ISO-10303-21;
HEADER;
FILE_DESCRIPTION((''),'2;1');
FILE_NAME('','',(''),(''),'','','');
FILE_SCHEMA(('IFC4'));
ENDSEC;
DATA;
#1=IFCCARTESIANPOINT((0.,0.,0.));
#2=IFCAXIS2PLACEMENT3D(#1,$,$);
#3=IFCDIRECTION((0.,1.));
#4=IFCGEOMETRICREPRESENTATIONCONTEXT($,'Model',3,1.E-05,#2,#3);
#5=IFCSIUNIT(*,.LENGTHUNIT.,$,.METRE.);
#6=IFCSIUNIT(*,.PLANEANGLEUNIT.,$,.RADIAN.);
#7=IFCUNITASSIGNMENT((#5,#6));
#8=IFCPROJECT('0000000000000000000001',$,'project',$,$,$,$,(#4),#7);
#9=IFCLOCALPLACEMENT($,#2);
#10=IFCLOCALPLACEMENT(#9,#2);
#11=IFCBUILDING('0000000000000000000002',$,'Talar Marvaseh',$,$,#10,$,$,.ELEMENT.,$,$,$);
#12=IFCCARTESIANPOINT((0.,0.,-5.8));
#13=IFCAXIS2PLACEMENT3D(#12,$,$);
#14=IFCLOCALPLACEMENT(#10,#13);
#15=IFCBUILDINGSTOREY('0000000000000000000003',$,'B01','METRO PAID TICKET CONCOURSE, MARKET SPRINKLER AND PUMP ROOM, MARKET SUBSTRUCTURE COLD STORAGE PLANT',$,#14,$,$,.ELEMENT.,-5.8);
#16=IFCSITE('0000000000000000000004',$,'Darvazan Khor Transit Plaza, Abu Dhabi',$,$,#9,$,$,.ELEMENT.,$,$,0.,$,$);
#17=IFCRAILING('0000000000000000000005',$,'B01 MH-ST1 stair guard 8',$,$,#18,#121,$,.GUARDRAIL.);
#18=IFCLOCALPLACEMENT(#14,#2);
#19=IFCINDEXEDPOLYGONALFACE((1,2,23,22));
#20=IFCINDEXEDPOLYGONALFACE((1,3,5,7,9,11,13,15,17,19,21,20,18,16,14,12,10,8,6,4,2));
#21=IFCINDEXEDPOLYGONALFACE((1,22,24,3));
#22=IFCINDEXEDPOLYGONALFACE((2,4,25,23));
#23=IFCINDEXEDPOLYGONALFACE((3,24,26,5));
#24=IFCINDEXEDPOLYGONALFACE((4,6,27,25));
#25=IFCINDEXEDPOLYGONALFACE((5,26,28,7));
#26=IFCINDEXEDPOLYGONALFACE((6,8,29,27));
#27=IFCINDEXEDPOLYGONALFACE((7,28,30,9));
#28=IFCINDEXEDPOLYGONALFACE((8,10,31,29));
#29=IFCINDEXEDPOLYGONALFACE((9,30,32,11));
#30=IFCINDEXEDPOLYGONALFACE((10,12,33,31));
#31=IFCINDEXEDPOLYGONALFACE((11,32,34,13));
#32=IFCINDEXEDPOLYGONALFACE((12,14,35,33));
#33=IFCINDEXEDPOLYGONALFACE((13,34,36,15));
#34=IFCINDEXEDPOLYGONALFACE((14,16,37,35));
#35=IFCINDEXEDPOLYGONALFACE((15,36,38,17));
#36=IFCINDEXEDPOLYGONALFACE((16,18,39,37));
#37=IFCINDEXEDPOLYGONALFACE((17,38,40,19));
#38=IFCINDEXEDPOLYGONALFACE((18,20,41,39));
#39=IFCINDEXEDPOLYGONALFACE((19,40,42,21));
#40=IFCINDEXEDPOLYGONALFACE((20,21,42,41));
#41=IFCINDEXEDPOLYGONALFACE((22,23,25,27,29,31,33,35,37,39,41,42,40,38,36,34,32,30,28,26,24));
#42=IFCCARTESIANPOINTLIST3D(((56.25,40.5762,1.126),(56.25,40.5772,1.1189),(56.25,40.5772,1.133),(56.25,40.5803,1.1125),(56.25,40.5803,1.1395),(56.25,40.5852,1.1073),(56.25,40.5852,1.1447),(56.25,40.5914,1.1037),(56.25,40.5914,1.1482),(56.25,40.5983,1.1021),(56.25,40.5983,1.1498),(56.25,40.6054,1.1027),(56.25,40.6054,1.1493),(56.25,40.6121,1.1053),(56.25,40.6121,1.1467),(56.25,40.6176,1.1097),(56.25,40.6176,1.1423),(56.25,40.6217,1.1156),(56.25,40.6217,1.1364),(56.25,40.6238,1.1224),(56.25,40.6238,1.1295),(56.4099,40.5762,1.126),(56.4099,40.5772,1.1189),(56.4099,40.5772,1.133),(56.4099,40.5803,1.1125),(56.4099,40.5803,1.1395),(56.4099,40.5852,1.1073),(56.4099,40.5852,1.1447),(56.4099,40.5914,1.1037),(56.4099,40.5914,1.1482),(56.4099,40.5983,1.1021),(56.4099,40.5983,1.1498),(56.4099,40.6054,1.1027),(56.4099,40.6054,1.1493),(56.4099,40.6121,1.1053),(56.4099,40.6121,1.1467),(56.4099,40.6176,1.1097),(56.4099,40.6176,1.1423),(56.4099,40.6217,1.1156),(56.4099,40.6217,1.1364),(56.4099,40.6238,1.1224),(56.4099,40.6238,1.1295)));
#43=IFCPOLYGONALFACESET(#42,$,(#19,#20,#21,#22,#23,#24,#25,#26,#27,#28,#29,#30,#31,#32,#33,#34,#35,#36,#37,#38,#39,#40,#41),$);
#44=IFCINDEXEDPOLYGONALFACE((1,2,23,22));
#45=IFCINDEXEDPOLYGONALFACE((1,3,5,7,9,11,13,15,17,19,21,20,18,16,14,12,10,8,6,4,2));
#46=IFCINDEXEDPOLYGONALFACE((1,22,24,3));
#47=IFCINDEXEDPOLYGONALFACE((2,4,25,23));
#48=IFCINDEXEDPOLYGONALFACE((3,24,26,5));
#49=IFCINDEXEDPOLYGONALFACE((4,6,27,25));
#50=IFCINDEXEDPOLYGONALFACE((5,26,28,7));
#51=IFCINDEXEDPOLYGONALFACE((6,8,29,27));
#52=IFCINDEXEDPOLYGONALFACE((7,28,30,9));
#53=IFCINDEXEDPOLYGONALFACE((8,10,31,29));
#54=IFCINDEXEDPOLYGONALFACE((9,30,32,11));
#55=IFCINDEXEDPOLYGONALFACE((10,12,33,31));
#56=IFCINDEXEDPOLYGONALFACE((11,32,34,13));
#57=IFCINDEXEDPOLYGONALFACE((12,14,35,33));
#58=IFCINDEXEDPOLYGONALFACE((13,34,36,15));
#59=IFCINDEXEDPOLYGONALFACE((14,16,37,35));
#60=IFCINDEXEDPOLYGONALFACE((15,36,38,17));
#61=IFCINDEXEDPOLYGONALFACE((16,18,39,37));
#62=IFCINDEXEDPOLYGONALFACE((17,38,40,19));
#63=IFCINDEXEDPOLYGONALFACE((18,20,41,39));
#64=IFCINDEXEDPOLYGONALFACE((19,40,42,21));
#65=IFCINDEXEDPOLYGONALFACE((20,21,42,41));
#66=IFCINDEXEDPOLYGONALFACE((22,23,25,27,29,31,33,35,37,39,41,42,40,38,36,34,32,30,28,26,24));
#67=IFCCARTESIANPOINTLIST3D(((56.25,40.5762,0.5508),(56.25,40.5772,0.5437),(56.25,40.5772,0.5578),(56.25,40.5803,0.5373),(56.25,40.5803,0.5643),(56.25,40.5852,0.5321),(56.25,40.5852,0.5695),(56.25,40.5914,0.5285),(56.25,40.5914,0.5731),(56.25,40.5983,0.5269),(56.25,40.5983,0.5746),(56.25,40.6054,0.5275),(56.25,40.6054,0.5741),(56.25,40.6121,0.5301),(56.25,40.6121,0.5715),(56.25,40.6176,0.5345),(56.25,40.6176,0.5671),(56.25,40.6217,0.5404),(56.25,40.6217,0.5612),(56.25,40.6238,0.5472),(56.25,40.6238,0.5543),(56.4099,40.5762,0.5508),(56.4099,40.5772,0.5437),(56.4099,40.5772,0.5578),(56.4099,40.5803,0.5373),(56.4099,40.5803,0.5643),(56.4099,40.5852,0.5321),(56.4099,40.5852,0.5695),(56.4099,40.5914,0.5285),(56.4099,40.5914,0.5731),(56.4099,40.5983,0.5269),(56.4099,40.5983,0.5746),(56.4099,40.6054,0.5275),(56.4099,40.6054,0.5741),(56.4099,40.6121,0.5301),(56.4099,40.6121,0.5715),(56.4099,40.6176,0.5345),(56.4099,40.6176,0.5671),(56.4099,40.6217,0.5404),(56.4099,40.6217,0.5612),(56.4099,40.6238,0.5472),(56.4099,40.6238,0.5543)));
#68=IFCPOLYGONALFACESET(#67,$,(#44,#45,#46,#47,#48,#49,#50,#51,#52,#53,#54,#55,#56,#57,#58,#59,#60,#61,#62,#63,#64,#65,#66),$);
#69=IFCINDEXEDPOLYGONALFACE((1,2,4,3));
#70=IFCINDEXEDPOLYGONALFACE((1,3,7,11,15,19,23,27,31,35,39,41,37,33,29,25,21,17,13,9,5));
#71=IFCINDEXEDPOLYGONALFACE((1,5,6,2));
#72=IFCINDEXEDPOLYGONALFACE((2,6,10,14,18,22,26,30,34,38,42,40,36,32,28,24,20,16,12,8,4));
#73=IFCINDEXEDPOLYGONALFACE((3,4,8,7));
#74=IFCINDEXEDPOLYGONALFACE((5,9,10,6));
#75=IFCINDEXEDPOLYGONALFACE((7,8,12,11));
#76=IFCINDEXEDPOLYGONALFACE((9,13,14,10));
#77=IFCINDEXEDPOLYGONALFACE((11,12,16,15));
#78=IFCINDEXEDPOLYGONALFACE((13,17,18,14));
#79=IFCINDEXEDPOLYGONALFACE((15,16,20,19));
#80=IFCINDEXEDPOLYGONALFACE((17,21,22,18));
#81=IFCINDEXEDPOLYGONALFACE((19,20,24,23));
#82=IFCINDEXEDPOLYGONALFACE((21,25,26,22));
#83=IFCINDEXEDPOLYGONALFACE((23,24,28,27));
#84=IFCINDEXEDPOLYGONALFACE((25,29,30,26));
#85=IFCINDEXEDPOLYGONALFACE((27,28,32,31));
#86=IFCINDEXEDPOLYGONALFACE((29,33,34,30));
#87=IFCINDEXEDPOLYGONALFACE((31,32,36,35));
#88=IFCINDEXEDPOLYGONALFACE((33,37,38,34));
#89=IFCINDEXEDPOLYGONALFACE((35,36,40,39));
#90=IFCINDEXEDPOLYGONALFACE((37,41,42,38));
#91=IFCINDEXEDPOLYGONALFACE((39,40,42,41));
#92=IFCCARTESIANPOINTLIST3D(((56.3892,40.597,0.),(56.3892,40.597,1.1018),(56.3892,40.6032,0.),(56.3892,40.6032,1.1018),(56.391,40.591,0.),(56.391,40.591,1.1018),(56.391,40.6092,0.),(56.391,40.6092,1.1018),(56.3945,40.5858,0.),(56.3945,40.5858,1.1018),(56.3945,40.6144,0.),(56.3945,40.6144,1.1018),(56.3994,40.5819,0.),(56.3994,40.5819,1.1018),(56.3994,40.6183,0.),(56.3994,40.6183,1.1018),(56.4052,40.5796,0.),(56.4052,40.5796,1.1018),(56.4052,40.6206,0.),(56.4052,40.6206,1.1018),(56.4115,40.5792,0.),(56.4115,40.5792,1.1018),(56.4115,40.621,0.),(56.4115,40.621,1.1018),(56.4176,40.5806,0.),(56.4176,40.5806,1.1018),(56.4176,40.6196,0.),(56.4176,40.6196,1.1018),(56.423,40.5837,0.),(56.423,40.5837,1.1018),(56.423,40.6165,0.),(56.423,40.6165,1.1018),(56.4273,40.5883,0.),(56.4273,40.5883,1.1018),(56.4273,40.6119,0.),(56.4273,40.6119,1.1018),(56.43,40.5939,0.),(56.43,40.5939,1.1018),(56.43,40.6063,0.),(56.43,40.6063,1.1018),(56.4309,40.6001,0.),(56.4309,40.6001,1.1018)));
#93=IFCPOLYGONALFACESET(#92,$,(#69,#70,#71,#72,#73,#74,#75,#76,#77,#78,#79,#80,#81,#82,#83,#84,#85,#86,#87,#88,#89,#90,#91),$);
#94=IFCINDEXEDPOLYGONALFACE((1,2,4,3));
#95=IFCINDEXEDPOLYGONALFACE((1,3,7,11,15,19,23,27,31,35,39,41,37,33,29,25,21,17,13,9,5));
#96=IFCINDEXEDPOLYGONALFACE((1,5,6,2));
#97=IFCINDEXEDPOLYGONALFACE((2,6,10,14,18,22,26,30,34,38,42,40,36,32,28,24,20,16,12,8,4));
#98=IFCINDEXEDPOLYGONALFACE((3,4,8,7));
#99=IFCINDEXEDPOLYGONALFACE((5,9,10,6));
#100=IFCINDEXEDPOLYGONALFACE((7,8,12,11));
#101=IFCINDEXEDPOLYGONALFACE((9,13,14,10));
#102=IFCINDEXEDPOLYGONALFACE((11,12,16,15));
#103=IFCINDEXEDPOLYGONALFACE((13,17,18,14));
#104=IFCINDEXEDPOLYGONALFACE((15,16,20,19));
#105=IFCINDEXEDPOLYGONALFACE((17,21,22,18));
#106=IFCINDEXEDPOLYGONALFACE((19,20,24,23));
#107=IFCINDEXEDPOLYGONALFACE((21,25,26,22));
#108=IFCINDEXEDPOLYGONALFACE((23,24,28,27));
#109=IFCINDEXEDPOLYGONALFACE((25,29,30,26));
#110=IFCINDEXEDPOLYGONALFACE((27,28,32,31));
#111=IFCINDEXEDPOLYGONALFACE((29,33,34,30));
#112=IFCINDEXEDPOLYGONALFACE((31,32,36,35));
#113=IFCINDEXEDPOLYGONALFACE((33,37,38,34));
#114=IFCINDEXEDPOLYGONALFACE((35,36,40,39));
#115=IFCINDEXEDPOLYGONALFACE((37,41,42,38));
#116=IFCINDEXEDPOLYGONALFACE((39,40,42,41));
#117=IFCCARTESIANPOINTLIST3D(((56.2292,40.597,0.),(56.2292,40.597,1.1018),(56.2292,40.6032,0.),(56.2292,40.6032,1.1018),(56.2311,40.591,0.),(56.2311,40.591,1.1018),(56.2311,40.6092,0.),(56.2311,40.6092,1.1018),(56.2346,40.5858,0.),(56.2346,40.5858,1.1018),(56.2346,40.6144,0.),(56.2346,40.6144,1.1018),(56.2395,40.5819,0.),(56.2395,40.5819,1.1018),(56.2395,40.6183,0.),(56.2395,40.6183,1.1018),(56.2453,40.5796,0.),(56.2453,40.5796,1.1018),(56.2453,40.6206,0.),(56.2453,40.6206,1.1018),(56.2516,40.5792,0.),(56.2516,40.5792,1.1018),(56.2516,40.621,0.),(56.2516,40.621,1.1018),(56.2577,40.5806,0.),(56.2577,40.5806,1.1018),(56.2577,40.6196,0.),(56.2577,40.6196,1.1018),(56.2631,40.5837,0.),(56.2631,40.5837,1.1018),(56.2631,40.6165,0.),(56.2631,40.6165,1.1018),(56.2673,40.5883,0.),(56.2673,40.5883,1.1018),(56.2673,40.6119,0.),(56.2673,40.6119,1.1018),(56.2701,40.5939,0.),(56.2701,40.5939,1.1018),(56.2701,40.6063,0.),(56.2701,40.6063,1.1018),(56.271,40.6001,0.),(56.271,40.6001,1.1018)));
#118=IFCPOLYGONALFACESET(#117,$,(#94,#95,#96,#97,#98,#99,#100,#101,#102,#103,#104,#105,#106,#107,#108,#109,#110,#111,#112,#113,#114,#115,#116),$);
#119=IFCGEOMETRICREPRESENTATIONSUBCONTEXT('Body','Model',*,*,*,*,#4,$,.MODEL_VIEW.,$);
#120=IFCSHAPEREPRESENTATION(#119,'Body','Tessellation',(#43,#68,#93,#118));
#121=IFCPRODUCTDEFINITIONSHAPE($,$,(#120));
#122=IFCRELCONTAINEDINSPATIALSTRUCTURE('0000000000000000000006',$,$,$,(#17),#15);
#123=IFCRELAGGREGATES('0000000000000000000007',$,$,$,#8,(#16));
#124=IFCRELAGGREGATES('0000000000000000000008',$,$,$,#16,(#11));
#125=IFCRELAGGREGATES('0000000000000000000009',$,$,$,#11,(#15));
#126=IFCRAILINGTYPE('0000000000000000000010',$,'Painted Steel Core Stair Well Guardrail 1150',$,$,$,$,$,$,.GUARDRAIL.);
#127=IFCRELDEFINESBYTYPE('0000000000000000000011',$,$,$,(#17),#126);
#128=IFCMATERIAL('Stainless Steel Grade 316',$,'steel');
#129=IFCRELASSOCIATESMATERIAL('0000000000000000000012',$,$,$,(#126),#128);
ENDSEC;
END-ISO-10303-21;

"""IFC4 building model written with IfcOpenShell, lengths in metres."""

from ifc_helpers import new_model, si_unit, direction, frame, origin, origin_2d, place, context, subcontext, project, spatial, circle, extrude, material, type_object, element, save


model = new_model("IFC4")

# Units and contexts
model_context = context("Model", 3, precision=1e-05, world=origin(), true_north=direction((0.0, 1.0)))
body_context = subcontext(model_context, "Body", "Model", "MODEL_VIEW")
ifc_project = project(units=[si_unit("LENGTHUNIT", "METRE"), si_unit("PLANEANGLEUNIT", "RADIAN")], contexts=[model_context])

# Site, building, storey
site_placement = place(None, origin())
site = spatial("IfcSite", under=ifc_project, at=site_placement, Name="Darvazan Khor Transit Plaza, Abu Dhabi", CompositionType="ELEMENT", RefElevation=0.0)
building_placement = place(site_placement, origin())
building = spatial("IfcBuilding", under=site, at=building_placement, Name="Talar Marvaseh", CompositionType="ELEMENT")
storey_placement = place(building_placement, frame((0.0, 0.0, -5.8)))
storey = spatial("IfcBuildingStorey", under=building, at=storey_placement, Name="B01", Description="METRO PAID TICKET CONCOURSE, MARKET SPRINKLER AND PUMP ROOM, MARKET SUBSTRUCTURE COLD STORAGE PLANT", CompositionType="ELEMENT", Elevation=-5.8)

# Railing
ifc_material_1 = material(Name="Stainless Steel Grade 316", Category="steel")
railing_type_1 = type_object("IfcRailingType", Name="Painted Steel Core Stair Well Guardrail 1150", PredefinedType="GUARDRAIL", material=ifc_material_1)
railing_1_placement = place(storey_placement, frame((56.4099, 40.6001, 0.0)))
element("IfcRailing", 1, at=railing_1_placement, inside=storey, type_object=railing_type_1, Name="B01 MH-ST1 stair guard 8", PredefinedType="GUARDRAIL", context=body_context, shape_type="SweptSolid", body=[
    extrude(circle(Radius=0.0239, at=origin_2d()), frame((0.0, 0.0, 1.126), z_axis=(-1.0, 0.0, 0.0), x_axis=(0.0, -1.0, 0.0)), (0.0, 0.0, 1.0), 0.1599),
    extrude(circle(Radius=0.0239, at=origin_2d()), frame((0.0, 0.0, 0.5508), z_axis=(-1.0, 0.0, 0.0), x_axis=(0.0, -1.0, 0.0)), (0.0, 0.0, 1.0), 0.1599),
    extrude(circle(Radius=0.021, at=origin_2d()), origin(), (0.0, 0.0, 1.0), 1.1018),
    extrude(circle(Radius=0.021, at=origin_2d()), frame((-0.1599, 0.0, 0.0)), (0.0, 0.0, 1.0), 1.1018),
])

save(model, "model.ifc")
